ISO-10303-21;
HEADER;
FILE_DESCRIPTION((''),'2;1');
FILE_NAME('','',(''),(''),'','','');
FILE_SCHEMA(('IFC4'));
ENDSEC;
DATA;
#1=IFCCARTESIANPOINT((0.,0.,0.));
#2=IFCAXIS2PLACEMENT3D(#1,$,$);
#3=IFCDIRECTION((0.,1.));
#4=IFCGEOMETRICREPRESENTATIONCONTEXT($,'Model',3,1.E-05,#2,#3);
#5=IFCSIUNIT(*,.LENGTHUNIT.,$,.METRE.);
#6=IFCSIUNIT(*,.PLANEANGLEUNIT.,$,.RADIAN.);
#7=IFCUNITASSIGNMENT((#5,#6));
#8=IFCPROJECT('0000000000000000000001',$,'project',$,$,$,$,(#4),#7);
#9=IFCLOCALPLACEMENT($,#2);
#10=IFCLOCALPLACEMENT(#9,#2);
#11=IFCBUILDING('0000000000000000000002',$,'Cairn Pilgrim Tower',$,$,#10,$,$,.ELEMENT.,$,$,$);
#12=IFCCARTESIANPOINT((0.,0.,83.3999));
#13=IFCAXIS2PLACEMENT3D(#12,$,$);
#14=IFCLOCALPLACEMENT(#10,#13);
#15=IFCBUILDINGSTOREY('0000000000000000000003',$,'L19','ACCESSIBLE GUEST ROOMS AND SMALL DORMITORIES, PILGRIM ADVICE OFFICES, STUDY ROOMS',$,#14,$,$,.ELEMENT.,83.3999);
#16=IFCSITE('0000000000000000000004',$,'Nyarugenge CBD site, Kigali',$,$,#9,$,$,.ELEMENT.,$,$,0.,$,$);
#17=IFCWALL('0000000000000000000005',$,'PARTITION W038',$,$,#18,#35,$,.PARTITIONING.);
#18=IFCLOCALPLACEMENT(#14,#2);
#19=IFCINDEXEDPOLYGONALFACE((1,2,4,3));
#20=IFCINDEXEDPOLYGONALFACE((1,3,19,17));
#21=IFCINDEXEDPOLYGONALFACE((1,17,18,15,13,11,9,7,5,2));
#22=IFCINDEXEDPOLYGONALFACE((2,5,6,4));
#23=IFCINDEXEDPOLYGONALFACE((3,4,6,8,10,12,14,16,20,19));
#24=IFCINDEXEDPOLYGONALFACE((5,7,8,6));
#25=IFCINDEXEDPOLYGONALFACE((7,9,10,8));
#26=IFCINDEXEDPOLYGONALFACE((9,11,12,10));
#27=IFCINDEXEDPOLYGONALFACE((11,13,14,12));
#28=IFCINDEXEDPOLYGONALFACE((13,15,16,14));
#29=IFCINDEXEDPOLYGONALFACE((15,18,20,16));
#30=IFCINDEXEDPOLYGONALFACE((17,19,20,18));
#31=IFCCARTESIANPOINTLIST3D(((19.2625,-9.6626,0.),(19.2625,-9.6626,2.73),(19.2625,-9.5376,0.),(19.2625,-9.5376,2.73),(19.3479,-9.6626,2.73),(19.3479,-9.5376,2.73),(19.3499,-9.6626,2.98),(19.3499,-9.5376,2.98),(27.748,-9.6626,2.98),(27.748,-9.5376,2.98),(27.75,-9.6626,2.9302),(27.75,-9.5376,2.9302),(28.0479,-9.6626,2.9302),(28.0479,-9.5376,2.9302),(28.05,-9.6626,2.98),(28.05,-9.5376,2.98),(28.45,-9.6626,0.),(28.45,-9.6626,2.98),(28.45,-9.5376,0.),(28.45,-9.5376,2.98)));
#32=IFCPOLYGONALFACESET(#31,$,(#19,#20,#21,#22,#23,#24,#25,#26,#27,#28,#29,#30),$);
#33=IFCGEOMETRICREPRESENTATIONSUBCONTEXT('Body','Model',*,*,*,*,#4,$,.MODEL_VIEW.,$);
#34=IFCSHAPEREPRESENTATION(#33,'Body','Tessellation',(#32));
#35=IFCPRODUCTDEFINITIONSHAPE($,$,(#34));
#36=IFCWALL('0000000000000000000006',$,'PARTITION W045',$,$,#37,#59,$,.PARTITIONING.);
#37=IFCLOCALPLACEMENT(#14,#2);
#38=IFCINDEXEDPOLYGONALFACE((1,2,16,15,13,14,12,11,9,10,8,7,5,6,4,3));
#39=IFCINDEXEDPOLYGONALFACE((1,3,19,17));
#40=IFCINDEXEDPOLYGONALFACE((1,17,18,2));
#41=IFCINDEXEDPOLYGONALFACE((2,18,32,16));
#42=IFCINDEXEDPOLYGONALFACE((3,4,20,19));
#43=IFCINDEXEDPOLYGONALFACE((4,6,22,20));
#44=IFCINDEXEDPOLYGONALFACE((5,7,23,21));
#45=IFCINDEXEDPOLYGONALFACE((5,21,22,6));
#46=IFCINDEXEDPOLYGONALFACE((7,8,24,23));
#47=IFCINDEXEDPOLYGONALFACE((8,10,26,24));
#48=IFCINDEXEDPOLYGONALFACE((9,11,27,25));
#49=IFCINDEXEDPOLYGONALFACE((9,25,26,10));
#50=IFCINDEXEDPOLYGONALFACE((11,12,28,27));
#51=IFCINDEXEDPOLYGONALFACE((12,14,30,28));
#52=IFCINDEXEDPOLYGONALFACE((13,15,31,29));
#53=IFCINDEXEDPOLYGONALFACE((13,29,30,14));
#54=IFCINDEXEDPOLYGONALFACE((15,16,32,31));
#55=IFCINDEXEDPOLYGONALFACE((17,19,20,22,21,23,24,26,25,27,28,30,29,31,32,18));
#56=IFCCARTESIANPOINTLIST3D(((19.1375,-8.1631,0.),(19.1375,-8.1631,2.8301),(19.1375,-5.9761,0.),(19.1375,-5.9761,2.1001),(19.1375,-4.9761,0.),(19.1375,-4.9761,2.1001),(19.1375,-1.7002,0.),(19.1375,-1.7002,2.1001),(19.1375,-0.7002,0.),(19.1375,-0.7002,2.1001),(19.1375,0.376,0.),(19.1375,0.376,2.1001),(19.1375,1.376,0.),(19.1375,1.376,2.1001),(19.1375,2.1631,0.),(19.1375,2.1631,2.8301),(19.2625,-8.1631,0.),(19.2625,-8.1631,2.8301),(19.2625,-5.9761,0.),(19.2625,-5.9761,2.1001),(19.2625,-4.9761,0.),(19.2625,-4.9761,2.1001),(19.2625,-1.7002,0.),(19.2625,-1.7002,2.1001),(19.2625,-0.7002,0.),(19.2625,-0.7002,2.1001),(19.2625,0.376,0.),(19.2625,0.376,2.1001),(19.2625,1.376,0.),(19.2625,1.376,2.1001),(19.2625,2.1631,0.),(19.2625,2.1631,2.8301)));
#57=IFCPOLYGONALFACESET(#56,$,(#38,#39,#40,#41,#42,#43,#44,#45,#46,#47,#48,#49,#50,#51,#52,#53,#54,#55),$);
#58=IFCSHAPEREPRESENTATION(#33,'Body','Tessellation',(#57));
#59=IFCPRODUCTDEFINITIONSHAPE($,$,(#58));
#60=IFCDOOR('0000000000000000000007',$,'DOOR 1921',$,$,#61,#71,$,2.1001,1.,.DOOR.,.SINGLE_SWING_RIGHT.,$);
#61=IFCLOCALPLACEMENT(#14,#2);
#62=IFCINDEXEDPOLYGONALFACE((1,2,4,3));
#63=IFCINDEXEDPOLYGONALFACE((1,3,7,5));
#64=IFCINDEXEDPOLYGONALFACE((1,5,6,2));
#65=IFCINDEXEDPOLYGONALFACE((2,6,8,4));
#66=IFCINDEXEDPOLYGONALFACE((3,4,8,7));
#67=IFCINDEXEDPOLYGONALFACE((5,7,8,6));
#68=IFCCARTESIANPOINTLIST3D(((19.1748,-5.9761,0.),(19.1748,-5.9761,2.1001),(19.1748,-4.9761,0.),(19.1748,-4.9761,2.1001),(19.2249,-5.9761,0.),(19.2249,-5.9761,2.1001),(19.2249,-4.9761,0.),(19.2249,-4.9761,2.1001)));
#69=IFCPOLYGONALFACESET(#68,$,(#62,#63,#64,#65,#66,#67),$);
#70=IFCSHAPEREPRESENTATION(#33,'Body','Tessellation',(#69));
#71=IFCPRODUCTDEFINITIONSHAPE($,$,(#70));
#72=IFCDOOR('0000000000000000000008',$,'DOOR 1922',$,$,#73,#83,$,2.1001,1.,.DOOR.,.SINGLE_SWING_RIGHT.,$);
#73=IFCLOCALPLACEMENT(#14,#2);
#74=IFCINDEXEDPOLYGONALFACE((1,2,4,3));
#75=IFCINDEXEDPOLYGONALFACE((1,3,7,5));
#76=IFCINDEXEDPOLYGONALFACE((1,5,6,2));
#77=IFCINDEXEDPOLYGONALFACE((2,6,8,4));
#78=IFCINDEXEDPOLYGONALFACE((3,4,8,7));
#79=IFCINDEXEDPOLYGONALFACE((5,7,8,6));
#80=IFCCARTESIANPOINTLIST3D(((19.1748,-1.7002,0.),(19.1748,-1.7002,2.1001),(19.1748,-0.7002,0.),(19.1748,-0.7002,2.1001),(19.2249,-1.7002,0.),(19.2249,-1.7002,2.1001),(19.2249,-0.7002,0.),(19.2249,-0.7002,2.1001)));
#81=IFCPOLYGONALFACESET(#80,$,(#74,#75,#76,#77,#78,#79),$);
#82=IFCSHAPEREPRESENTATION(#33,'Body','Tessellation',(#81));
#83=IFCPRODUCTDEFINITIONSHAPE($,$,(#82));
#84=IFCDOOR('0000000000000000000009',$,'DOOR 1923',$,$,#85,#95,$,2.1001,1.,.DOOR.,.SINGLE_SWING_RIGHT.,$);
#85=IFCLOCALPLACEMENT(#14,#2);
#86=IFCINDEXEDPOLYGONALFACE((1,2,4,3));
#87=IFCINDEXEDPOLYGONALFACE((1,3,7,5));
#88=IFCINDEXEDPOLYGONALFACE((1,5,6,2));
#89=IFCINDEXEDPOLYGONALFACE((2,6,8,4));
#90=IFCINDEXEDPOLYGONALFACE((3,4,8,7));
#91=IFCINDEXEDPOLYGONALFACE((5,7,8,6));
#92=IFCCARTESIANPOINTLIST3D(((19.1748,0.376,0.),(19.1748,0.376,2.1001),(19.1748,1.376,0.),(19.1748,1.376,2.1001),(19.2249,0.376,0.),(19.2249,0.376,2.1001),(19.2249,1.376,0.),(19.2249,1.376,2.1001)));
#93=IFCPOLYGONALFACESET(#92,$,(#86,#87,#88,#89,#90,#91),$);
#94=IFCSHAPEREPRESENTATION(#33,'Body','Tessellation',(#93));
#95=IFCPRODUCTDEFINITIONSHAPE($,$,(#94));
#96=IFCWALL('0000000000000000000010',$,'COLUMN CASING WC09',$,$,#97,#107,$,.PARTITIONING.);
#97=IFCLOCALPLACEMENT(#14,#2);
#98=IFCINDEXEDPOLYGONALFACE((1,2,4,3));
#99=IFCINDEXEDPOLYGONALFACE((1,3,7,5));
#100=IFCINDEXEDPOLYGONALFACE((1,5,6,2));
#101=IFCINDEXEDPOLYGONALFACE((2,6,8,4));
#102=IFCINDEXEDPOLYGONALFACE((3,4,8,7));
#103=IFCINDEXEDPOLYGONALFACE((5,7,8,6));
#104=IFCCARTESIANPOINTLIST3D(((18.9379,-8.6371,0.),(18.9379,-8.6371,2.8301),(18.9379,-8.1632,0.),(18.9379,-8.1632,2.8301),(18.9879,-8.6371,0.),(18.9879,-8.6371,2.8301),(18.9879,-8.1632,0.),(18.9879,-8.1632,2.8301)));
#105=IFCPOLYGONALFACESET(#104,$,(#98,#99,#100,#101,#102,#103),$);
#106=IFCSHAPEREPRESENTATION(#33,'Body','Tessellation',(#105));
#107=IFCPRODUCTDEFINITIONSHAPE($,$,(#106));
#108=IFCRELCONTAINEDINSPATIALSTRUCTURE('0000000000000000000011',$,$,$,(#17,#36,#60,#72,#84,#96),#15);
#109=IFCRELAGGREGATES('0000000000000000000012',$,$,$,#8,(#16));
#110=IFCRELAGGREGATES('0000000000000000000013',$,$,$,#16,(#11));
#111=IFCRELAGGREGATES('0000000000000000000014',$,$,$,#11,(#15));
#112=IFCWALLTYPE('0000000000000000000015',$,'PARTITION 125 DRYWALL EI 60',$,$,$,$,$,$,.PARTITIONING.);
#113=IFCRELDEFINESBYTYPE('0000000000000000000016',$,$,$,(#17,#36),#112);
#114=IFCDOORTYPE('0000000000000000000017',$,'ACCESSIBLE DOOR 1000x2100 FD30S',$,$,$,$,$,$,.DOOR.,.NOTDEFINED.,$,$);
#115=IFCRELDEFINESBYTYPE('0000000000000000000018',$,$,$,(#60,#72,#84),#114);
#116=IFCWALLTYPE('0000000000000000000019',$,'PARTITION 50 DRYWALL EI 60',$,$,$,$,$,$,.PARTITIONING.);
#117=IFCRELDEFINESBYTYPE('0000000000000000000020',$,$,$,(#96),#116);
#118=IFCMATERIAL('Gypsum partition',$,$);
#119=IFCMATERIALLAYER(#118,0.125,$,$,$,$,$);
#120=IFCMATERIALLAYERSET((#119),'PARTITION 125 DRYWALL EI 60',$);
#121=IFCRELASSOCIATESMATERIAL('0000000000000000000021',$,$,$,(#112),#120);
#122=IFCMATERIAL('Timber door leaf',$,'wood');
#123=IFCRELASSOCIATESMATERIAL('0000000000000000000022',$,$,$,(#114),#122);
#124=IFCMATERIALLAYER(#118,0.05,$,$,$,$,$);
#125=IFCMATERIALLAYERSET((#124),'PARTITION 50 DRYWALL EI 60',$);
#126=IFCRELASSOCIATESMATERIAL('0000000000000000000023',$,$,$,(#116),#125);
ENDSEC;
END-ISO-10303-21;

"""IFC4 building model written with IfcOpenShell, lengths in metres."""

from ifc_helpers import new_model, si_unit, direction, frame, frame_2d, origin, place, context, subcontext, project, spatial, polyline, rectangle, outline, extrude, material, layer, layer_set, type_object, element, fill, save


model = new_model("IFC4")

# Units and contexts
model_context = context("Model", 3, precision=1e-05, world=origin(), true_north=direction((0.0, 1.0)))
body_context = subcontext(model_context, "Body", "Model", "MODEL_VIEW")
ifc_project = project(units=[si_unit("LENGTHUNIT", "METRE"), si_unit("PLANEANGLEUNIT", "RADIAN")], contexts=[model_context])

# Site, building, storey
site_placement = place(None, origin())
site = spatial("IfcSite", under=ifc_project, at=site_placement, Name="Nyarugenge CBD site, Kigali", CompositionType="ELEMENT", RefElevation=0.0)
building_placement = place(site_placement, origin())
building = spatial("IfcBuilding", under=site, at=building_placement, Name="Cairn Pilgrim Tower", CompositionType="ELEMENT")
storey_placement = place(building_placement, frame((0.0, 0.0, 83.3999)))
storey = spatial("IfcBuildingStorey", under=building, at=storey_placement, Name="L19", Description="ACCESSIBLE GUEST ROOMS AND SMALL DORMITORIES, PILGRIM ADVICE OFFICES, STUDY ROOMS", CompositionType="ELEMENT", Elevation=83.3999)

# Shared definitions
ifc_material_1 = material(Name="Gypsum partition")

# Shared definitions
ifc_material_2 = material(Name="Timber door leaf", Category="wood")
ifc_layer_1 = layer(ifc_material_1, 0.125)
ifc_layer_set_1 = layer_set([ifc_layer_1], Name="PARTITION 125 DRYWALL EI 60")
wall_type_1 = type_object("IfcWallType", Name="PARTITION 125 DRYWALL EI 60", PredefinedType="PARTITIONING", material=ifc_layer_set_1)

# Wall
wall_1_placement = place(storey_placement, frame((19.2625, -9.6001, 0.0), z_axis=(0.0, 0.0, 1.0), x_axis=(1.0, 0.0, 0.0)))
element("IfcWall", 1, at=wall_1_placement, inside=storey, type_object=wall_type_1, Name="PARTITION W038", PredefinedType="PARTITIONING", context=body_context, shape_type="SweptSolid", body=[
    extrude(outline(polyline([(0.0, 0.0), (9.1875, 0.0), (9.1875, 2.98), (8.7876, 2.98), (8.7854, 2.9302), (8.4875, 2.9302), (8.4856, 2.98), (0.0874, 2.98), (0.0854, 2.73), (0.0, 2.73), (0.0, 0.0)])), frame((0.0, 0.0625, 0.0), z_axis=(0.0, -1.0, 0.0), x_axis=(1.0, 0.0, 0.0)), (0.0, 0.0, 1.0), 0.125),
])

# Wall, openings, doors
wall_2_placement = place(storey_placement, frame((19.2, -8.1631, 0.0), z_axis=(0.0, 0.0, 1.0), x_axis=(0.0, 1.0, 0.0)))
wall_2 = element("IfcWall", 2, at=wall_2_placement, inside=storey, type_object=wall_type_1, Name="PARTITION W045", PredefinedType="PARTITIONING", context=body_context, shape_type="SweptSolid", body=[
    extrude(rectangle(XDim=10.3262, YDim=0.125, at=frame_2d((5.1631, 0.0))), origin(), (0.0, 0.0, 1.0), 2.8301),
])
opening_1_placement = place(wall_2_placement, frame((2.187, 0.0, 0.0)))
opening_1 = element("IfcOpeningElement", 3, at=opening_1_placement, cuts=wall_2, PredefinedType="OPENING", context=body_context, shape_type="SweptSolid", body=[
    extrude(rectangle(XDim=1.0, YDim=2.1001, at=frame_2d((0.5, 1.05))), frame((0.0, 0.0725, 0.0), z_axis=(0.0, -1.0, 0.0), x_axis=(1.0, 0.0, 0.0)), (0.0, 0.0, 1.0), 0.145),
])
opening_2_placement = place(wall_2_placement, frame((6.4629, 0.0, 0.0)))
opening_2 = element("IfcOpeningElement", 4, at=opening_2_placement, cuts=wall_2, PredefinedType="OPENING", context=body_context, shape_type="SweptSolid", body=[
    extrude(rectangle(XDim=1.0, YDim=2.1001, at=frame_2d((0.5, 1.05))), frame((0.0, 0.0725, 0.0), z_axis=(0.0, -1.0, 0.0), x_axis=(1.0, 0.0, 0.0)), (0.0, 0.0, 1.0), 0.145),
])
opening_3_placement = place(wall_2_placement, frame((8.5391, 0.0, 0.0)))
opening_3 = element("IfcOpeningElement", 5, at=opening_3_placement, cuts=wall_2, PredefinedType="OPENING", context=body_context, shape_type="SweptSolid", body=[
    extrude(rectangle(XDim=1.0, YDim=2.1001, at=frame_2d((0.5, 1.05))), frame((0.0, 0.0725, 0.0), z_axis=(0.0, -1.0, 0.0), x_axis=(1.0, 0.0, 0.0)), (0.0, 0.0, 1.0), 0.145),
])
door_type_1 = type_object("IfcDoorType", Name="ACCESSIBLE DOOR 1000x2100 FD30S", OperationType="NOTDEFINED", PredefinedType="DOOR", material=ifc_material_2)
door_1_placement = place(opening_1_placement, frame((1.0, 0.0, 0.0), z_axis=(0.0, 0.0, 1.0), x_axis=(-1.0, 0.0, 0.0)))
door_1 = element("IfcDoor", 6, at=door_1_placement, inside=storey, type_object=door_type_1, Name="DOOR 1921", OperationType="SINGLE_SWING_RIGHT", OverallHeight=2.1001, OverallWidth=1.0, PredefinedType="DOOR", context=body_context, shape_type="SweptSolid", body=[
    extrude(rectangle(XDim=1.0, YDim=2.1001, at=frame_2d((0.5, 1.05))), frame((0.0, 0.0249, 0.0), z_axis=(0.0, -1.0, 0.0), x_axis=(1.0, 0.0, 0.0)), (0.0, 0.0, 1.0), 0.05),
])
fill(opening_1, door_1)
door_2_placement = place(opening_2_placement, frame((1.0, 0.0, 0.0), z_axis=(0.0, 0.0, 1.0), x_axis=(-1.0, 0.0, 0.0)))
door_2 = element("IfcDoor", 7, at=door_2_placement, inside=storey, type_object=door_type_1, Name="DOOR 1922", OperationType="SINGLE_SWING_RIGHT", OverallHeight=2.1001, OverallWidth=1.0, PredefinedType="DOOR", context=body_context, shape_type="SweptSolid", body=[
    extrude(rectangle(XDim=1.0, YDim=2.1001, at=frame_2d((0.5, 1.05))), frame((0.0, 0.0249, 0.0), z_axis=(0.0, -1.0, 0.0), x_axis=(1.0, 0.0, 0.0)), (0.0, 0.0, 1.0), 0.05),
])
fill(opening_2, door_2)
door_3_placement = place(opening_3_placement, frame((1.0, 0.0, 0.0), z_axis=(0.0, 0.0, 1.0), x_axis=(-1.0, 0.0, 0.0)))
door_3 = element("IfcDoor", 8, at=door_3_placement, inside=storey, type_object=door_type_1, Name="DOOR 1923", OperationType="SINGLE_SWING_RIGHT", OverallHeight=2.1001, OverallWidth=1.0, PredefinedType="DOOR", context=body_context, shape_type="SweptSolid", body=[
    extrude(rectangle(XDim=1.0, YDim=2.1001, at=frame_2d((0.5, 1.05))), frame((0.0, 0.0249, 0.0), z_axis=(0.0, -1.0, 0.0), x_axis=(1.0, 0.0, 0.0)), (0.0, 0.0, 1.0), 0.05),
])
fill(opening_3, door_3)

# Wall
ifc_layer_2 = layer(ifc_material_1, 0.05)
ifc_layer_set_2 = layer_set([ifc_layer_2], Name="PARTITION 50 DRYWALL EI 60")
wall_type_2 = type_object("IfcWallType", Name="PARTITION 50 DRYWALL EI 60", PredefinedType="PARTITIONING", material=ifc_layer_set_2)
wall_3_placement = place(storey_placement, frame((18.9629, -8.637, 0.0), z_axis=(0.0, 0.0, 1.0), x_axis=(0.0, 1.0, 0.0)))
element("IfcWall", 9, at=wall_3_placement, inside=storey, type_object=wall_type_2, Name="COLUMN CASING WC09", PredefinedType="PARTITIONING", context=body_context, shape_type="SweptSolid", body=[
    extrude(rectangle(XDim=0.4739, YDim=0.05, at=frame_2d((0.2368, 0.0))), origin(), (0.0, 0.0, 1.0), 2.8301),
])

save(model, "model.ifc")
